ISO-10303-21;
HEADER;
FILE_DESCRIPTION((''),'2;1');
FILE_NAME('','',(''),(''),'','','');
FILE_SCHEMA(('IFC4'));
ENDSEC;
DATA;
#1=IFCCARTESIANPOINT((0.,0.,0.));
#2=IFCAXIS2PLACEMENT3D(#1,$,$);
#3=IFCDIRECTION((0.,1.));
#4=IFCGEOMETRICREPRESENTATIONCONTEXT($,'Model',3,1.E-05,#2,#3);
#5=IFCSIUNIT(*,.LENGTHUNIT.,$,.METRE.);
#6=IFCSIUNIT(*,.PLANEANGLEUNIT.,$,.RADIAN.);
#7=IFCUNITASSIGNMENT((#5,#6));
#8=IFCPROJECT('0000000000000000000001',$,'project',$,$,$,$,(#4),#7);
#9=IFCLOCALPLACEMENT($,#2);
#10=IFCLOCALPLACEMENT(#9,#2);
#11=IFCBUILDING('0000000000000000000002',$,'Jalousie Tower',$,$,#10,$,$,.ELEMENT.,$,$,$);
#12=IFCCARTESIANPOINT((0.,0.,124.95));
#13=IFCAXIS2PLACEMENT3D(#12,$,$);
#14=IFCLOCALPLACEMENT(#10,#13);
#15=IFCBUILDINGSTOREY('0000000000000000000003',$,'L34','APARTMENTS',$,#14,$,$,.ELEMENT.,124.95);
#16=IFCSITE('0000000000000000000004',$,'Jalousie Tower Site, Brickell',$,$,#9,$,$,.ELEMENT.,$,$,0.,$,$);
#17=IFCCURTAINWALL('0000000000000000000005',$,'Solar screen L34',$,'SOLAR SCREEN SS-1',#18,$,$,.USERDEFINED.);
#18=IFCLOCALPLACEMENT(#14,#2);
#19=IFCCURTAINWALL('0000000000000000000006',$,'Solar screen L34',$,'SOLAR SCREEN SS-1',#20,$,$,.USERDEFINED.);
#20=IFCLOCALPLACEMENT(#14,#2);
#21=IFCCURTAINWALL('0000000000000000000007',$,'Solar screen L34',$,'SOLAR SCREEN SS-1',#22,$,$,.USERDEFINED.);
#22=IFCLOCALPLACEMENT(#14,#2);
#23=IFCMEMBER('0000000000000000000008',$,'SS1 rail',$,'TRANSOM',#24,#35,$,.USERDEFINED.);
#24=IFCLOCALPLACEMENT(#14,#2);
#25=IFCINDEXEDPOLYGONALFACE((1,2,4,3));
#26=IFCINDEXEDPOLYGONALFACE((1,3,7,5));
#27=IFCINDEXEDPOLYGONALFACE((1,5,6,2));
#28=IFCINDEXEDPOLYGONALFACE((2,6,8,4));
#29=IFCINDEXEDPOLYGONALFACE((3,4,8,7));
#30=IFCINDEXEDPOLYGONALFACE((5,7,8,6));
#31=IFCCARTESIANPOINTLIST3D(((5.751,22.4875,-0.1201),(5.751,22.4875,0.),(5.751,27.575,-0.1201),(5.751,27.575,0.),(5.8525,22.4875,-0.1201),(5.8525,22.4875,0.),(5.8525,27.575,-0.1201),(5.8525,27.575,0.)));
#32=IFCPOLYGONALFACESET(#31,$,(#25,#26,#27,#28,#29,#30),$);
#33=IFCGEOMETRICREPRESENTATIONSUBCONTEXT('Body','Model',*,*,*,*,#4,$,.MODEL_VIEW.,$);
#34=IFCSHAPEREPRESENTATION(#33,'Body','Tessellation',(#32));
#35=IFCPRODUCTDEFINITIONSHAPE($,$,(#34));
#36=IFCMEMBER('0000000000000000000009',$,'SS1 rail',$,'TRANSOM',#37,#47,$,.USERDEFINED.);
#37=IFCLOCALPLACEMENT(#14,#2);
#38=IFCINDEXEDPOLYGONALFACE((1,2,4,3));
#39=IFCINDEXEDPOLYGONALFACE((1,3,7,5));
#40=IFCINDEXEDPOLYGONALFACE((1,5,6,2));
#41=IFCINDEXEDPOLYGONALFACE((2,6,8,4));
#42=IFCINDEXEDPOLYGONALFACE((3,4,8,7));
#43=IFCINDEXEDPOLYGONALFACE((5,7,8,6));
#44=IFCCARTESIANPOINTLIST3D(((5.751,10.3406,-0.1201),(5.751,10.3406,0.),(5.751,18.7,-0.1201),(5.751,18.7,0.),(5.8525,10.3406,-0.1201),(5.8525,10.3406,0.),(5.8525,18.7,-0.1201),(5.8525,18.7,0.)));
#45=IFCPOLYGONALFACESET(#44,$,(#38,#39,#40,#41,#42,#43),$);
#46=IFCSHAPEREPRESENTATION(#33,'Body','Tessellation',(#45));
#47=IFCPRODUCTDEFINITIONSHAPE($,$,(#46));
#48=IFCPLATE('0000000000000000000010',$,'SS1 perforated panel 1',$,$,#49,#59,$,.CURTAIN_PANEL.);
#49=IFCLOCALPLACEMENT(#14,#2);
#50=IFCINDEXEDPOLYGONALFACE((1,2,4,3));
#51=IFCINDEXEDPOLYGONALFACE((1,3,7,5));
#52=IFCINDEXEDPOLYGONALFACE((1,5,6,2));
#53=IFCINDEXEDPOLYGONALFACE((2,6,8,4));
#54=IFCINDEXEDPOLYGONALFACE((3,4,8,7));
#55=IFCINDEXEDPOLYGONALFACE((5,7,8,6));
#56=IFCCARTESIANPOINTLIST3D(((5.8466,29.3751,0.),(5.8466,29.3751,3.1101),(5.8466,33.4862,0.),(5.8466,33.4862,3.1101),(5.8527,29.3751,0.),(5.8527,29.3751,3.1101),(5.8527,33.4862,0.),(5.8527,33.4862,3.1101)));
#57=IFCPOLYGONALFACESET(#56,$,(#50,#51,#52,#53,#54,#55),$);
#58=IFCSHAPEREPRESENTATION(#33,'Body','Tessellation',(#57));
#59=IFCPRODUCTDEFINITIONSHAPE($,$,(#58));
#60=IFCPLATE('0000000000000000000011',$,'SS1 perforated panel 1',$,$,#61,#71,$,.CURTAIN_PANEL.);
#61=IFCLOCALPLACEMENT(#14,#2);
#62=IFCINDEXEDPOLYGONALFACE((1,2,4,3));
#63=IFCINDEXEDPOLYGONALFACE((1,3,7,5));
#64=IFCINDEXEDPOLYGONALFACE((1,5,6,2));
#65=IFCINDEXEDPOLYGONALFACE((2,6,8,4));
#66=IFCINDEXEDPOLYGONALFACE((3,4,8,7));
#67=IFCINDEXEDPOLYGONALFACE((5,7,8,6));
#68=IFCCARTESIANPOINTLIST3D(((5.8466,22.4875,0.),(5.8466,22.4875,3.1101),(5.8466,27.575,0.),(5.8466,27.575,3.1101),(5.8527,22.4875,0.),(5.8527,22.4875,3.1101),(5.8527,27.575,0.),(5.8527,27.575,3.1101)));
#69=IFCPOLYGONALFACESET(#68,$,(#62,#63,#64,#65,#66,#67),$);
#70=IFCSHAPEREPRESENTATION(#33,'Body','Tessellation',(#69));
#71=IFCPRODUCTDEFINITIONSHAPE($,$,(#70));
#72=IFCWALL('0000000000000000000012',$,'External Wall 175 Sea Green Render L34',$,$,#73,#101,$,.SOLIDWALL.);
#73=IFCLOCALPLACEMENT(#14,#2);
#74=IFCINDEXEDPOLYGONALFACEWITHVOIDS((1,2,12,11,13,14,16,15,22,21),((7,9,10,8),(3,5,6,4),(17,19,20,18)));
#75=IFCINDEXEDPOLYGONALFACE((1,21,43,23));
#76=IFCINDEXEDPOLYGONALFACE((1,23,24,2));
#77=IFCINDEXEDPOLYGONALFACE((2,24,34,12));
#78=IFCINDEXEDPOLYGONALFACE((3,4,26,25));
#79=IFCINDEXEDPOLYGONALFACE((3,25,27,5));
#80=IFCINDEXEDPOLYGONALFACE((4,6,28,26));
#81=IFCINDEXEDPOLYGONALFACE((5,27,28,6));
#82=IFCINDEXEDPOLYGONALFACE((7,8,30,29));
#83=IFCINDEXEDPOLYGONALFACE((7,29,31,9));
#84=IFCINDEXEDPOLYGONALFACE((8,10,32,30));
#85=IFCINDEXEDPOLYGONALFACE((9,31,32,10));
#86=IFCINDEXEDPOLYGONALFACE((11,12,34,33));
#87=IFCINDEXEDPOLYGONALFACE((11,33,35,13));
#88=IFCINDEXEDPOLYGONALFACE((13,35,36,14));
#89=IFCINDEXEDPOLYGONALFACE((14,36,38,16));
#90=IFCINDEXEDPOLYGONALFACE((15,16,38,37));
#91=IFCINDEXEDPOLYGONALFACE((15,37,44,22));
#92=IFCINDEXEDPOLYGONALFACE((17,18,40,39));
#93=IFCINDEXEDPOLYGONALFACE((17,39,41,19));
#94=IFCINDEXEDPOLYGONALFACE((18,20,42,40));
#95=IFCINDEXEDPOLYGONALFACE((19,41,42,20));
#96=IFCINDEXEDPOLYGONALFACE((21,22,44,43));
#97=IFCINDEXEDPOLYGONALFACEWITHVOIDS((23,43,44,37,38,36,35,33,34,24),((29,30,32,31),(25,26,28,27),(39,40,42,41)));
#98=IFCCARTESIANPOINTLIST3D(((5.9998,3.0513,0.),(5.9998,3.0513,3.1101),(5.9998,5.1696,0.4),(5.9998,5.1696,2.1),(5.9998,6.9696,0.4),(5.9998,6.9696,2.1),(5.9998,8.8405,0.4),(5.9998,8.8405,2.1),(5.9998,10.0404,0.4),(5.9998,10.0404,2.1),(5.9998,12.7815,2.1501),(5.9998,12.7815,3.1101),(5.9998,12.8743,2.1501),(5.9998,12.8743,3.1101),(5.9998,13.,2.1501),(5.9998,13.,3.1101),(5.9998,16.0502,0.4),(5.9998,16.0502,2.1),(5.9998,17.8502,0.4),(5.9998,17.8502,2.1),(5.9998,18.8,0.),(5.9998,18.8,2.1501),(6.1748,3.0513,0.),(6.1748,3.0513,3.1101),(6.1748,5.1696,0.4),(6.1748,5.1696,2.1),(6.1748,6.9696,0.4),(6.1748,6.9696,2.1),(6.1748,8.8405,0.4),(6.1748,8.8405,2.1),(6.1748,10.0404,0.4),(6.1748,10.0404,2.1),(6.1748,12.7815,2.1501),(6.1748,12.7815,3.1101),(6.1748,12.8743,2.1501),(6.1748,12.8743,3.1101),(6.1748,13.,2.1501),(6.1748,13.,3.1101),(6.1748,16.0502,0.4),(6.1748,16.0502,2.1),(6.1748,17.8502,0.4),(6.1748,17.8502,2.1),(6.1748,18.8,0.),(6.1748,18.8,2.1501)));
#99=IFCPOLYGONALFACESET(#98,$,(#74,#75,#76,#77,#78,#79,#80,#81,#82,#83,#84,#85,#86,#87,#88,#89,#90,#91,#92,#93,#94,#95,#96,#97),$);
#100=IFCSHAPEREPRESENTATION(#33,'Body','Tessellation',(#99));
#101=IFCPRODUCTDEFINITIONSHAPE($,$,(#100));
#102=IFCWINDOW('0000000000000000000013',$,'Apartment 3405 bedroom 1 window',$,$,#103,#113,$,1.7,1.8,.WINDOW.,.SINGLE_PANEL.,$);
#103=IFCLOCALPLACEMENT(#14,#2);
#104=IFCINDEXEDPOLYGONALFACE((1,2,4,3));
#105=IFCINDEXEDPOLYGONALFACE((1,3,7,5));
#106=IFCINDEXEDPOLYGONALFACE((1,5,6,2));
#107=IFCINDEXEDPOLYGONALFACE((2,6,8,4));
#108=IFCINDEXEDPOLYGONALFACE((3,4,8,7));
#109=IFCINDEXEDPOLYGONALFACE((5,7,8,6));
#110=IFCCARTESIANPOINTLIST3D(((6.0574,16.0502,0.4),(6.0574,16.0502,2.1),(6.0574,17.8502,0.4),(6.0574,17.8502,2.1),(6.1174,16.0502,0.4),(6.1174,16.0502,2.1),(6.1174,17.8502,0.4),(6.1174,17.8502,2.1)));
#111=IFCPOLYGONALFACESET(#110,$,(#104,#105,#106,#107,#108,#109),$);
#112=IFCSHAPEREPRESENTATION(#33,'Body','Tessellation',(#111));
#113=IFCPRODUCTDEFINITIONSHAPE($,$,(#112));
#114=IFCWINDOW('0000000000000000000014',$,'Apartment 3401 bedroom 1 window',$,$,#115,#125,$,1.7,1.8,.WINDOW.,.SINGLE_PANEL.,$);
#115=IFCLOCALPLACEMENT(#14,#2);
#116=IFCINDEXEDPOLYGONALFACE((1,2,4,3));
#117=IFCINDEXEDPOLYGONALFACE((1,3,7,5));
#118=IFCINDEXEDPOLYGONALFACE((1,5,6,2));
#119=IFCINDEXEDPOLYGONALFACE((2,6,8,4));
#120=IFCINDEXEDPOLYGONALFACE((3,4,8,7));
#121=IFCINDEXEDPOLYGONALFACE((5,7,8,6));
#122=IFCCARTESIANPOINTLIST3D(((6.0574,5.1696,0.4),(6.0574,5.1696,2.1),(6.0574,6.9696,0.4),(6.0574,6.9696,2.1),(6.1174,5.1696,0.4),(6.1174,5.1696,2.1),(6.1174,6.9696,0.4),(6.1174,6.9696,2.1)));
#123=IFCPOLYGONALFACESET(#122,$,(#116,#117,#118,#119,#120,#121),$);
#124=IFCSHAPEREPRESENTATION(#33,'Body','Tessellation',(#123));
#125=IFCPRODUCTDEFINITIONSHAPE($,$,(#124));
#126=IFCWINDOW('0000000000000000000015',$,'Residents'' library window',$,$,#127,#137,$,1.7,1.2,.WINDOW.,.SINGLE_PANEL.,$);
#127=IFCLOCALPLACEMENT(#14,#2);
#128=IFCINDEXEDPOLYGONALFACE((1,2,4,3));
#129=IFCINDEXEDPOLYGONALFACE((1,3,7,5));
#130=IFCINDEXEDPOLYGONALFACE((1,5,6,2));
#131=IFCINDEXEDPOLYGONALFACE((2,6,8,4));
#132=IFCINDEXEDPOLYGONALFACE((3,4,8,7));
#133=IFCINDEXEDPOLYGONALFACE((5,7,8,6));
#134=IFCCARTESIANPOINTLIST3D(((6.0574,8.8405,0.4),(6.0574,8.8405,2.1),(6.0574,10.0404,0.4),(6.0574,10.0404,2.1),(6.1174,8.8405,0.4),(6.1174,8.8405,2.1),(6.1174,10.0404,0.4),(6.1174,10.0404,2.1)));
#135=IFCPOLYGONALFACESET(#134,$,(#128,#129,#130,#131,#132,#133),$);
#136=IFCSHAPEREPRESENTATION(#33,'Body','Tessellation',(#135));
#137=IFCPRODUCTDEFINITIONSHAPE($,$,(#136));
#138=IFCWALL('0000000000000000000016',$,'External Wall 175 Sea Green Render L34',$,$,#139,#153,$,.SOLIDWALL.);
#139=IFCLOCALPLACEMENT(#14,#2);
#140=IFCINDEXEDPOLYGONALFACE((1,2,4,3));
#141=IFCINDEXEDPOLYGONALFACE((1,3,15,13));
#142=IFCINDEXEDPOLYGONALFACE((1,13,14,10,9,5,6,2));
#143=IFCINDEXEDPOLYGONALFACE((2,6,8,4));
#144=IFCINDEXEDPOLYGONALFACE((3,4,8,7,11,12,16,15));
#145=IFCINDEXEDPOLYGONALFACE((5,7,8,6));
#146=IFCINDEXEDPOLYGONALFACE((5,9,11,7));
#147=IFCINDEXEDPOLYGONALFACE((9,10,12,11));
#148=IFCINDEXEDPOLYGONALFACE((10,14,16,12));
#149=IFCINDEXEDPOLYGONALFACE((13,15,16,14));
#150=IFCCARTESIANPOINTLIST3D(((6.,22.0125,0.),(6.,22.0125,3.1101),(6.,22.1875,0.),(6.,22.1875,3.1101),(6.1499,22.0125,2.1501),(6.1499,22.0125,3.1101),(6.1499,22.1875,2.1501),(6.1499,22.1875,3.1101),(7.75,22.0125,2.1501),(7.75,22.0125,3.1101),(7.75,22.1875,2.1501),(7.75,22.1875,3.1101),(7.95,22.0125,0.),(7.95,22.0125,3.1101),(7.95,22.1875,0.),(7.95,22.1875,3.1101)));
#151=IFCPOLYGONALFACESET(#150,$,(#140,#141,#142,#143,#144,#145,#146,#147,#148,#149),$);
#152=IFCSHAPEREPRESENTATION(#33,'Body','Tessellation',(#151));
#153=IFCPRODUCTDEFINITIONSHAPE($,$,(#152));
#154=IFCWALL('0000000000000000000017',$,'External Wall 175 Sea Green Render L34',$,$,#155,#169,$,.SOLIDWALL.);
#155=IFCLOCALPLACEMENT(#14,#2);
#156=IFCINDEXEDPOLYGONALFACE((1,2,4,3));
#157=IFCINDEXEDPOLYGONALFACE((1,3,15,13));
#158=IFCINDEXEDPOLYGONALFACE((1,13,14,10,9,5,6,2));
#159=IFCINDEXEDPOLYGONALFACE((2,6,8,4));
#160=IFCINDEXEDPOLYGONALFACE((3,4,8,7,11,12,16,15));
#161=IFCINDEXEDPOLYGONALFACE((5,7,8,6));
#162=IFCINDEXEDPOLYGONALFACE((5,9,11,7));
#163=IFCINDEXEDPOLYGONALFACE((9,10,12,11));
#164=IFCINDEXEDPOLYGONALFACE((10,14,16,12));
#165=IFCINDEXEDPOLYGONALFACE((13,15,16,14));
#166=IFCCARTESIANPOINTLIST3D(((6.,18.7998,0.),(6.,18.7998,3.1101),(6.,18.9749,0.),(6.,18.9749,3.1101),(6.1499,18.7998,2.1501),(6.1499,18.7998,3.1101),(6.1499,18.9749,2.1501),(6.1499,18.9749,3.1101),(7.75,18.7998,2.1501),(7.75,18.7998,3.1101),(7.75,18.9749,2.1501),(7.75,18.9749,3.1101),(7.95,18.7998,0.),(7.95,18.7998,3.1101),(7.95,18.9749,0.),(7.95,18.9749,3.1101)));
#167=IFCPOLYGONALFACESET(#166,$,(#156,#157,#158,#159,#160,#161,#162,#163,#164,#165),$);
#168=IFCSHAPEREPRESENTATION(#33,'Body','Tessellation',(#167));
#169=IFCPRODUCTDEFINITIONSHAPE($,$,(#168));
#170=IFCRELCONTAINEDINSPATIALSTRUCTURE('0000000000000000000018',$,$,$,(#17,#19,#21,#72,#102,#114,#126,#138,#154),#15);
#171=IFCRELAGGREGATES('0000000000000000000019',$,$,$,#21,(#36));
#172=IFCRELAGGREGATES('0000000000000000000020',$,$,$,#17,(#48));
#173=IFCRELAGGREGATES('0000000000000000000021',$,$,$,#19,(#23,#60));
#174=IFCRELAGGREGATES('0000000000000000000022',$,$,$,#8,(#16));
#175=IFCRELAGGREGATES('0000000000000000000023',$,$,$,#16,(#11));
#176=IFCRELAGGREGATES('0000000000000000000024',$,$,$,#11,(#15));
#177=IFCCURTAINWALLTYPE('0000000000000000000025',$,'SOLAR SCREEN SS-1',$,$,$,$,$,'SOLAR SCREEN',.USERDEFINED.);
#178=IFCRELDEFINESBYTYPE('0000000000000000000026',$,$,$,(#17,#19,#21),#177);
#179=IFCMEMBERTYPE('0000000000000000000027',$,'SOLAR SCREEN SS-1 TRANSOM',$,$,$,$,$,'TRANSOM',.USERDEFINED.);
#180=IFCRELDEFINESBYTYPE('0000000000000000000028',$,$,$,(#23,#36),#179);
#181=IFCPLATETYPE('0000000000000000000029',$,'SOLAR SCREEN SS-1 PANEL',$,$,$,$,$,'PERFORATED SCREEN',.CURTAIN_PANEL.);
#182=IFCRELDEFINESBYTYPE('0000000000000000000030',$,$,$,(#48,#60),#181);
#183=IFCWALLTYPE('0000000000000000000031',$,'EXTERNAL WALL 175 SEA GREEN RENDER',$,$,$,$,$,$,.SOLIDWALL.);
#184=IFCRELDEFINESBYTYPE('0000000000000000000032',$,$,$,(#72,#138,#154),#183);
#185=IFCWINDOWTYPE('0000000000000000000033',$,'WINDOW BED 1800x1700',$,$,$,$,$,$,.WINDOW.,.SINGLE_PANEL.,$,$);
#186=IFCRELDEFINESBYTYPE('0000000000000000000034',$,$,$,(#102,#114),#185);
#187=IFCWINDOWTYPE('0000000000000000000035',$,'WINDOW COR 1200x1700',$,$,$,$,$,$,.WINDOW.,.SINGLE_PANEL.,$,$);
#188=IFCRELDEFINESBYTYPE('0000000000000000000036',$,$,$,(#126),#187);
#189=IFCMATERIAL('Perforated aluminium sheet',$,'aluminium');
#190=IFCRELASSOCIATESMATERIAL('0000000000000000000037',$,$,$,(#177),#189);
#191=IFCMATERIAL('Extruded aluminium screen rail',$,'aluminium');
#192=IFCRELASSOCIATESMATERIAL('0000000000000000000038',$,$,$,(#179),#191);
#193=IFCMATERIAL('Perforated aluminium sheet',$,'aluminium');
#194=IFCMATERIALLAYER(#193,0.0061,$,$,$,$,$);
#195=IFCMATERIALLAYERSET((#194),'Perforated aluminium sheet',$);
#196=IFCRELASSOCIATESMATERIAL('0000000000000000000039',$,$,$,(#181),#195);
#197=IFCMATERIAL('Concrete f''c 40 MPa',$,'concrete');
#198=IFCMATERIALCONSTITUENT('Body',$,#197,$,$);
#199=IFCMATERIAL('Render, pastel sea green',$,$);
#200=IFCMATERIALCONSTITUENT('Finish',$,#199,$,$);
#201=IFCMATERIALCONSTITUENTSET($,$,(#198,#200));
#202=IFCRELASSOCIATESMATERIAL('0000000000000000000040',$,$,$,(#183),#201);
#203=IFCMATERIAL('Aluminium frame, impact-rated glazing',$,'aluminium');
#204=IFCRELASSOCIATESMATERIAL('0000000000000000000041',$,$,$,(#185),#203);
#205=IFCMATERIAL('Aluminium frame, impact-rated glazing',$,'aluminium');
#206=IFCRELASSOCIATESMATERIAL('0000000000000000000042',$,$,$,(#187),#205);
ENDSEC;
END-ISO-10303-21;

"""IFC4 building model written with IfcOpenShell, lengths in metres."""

from ifc_helpers import new_model, si_unit, direction, frame, frame_2d, origin, origin_2d, place, context, subcontext, project, spatial, polyline, rectangle, outline, extrude, material, layer, layer_set, constituent, constituent_set, material_profile, profile_set, type_object, element, fill, aggregate, save


model = new_model("IFC4")

# Units and contexts
model_context = context("Model", 3, precision=1e-05, world=origin(), true_north=direction((0.0, 1.0)))
body_context = subcontext(model_context, "Body", "Model", "MODEL_VIEW")
ifc_project = project(units=[si_unit("LENGTHUNIT", "METRE"), si_unit("PLANEANGLEUNIT", "RADIAN")], contexts=[model_context])

# Site, building, storey
site_placement = place(None, origin())
site = spatial("IfcSite", under=ifc_project, at=site_placement, Name="Jalousie Tower Site, Brickell", CompositionType="ELEMENT", RefElevation=0.0)
building_placement = place(site_placement, origin())
building = spatial("IfcBuilding", under=site, at=building_placement, Name="Jalousie Tower", CompositionType="ELEMENT")
storey_placement = place(building_placement, frame((0.0, 0.0, 124.95)))
storey = spatial("IfcBuildingStorey", under=building, at=storey_placement, Name="L34", Description="APARTMENTS", CompositionType="ELEMENT", Elevation=124.95)

# Curtain wall
ifc_material_1 = material(Name="Perforated aluminium sheet", Category="aluminium")
curtain_wall_type = type_object("IfcCurtainWallType", Name="SOLAR SCREEN SS-1", ElementType="SOLAR SCREEN", PredefinedType="USERDEFINED", material=ifc_material_1)
curtain_wall_1_placement = place(storey_placement, origin())
curtain_wall_1 = element("IfcCurtainWall", 1, at=curtain_wall_1_placement, inside=storey, type_object=curtain_wall_type, Name="Solar screen L34", ObjectType="SOLAR SCREEN SS-1", PredefinedType="USERDEFINED")

# Curtain wall
curtain_wall_2_placement = place(storey_placement, origin())
curtain_wall_2 = element("IfcCurtainWall", 2, at=curtain_wall_2_placement, inside=storey, type_object=curtain_wall_type, Name="Solar screen L34", ObjectType="SOLAR SCREEN SS-1", PredefinedType="USERDEFINED")

# Curtain wall
curtain_wall_3_placement = place(storey_placement, origin())
curtain_wall_3 = element("IfcCurtainWall", 3, at=curtain_wall_3_placement, inside=storey, type_object=curtain_wall_type, Name="Solar screen L34", ObjectType="SOLAR SCREEN SS-1", PredefinedType="USERDEFINED")

# Members
ifc_material_2 = material(Name="Extruded aluminium screen rail", Category="aluminium")
ifc_material_profile_1 = material_profile(ifc_material_2, rectangle(XDim=0.1016, YDim=0.1201, at=origin_2d()), Name="RAIL 102x120")
ifc_profile_set_1 = profile_set([ifc_material_profile_1], Name="Extruded aluminium screen rail")
member_type_1 = type_object("IfcMemberType", Name="SOLAR SCREEN SS-1 TRANSOM", ElementType="TRANSOM", PredefinedType="USERDEFINED", material=ifc_profile_set_1)
member_1_placement = place(storey_placement, frame((5.8018, 27.575, -0.0601), z_axis=(0.0, -1.0, 0.0), x_axis=(1.0, 0.0, 0.0)))
member_1 = element("IfcMember", 4, at=member_1_placement, type_object=member_type_1, Name="SS1 rail", ObjectType="TRANSOM", PredefinedType="USERDEFINED", context=body_context, shape_type="SweptSolid", body=[
    extrude(rectangle(XDim=0.1016, YDim=0.1201, at=origin_2d()), origin(), (0.0, 0.0, 1.0), 5.0874),
])
member_2_placement = place(storey_placement, frame((5.8018, 18.7, -0.0601), z_axis=(0.0, -1.0, 0.0), x_axis=(1.0, 0.0, 0.0)))
member_2 = element("IfcMember", 5, at=member_2_placement, type_object=member_type_1, Name="SS1 rail", ObjectType="TRANSOM", PredefinedType="USERDEFINED", context=body_context, shape_type="SweptSolid", body=[
    extrude(rectangle(XDim=0.1016, YDim=0.1201, at=origin_2d()), origin(), (0.0, 0.0, 1.0), 8.3594),
])
aggregate(curtain_wall_3, [member_2])

# Plates
ifc_material_3 = material(Name="Perforated aluminium sheet", Category="aluminium")
ifc_layer_1 = layer(ifc_material_3, 0.0061)
ifc_layer_set_1 = layer_set([ifc_layer_1], Name="Perforated aluminium sheet")
plate_type = type_object("IfcPlateType", Name="SOLAR SCREEN SS-1 PANEL", ElementType="PERFORATED SCREEN", PredefinedType="CURTAIN_PANEL", material=ifc_layer_set_1)
plate_1_placement = place(storey_placement, frame((5.8496, 31.4307, 0.0), z_axis=(0.0, 0.0, 1.0), x_axis=(0.0, -1.0, 0.0)))
plate_1 = element("IfcPlate", 6, at=plate_1_placement, type_object=plate_type, Name="SS1 perforated panel 1", PredefinedType="CURTAIN_PANEL", context=body_context, shape_type="SweptSolid", body=[
    extrude(rectangle(XDim=4.1111, YDim=0.0061, at=origin_2d()), origin(), (0.0, 0.0, 1.0), 3.1101),
])
aggregate(curtain_wall_1, [plate_1])
plate_2_placement = place(storey_placement, frame((5.8496, 25.0312, 0.0), z_axis=(0.0, 0.0, 1.0), x_axis=(0.0, -1.0, 0.0)))
plate_2 = element("IfcPlate", 7, at=plate_2_placement, type_object=plate_type, Name="SS1 perforated panel 1", PredefinedType="CURTAIN_PANEL", context=body_context, shape_type="SweptSolid", body=[
    extrude(rectangle(XDim=5.0874, YDim=0.0061, at=origin_2d()), origin(), (0.0, 0.0, 1.0), 3.1101),
])
aggregate(curtain_wall_2, [member_1, plate_2])

# Wall, openings, windows
ifc_material_4 = material(Name="Concrete f'c 40 MPa", Category="concrete")
ifc_constituent_1 = constituent(ifc_material_4, Name="Body")
ifc_material_5 = material(Name="Render, pastel sea green")
ifc_constituent_2 = constituent(ifc_material_5, Name="Finish")
ifc_constituent_set_1 = constituent_set(constituents=[ifc_constituent_1, ifc_constituent_2])
wall_type_1 = type_object("IfcWallType", Name="EXTERNAL WALL 175 SEA GREEN RENDER", PredefinedType="SOLIDWALL", material=ifc_constituent_set_1)
wall_1_placement = place(storey_placement, frame((6.0874, 18.8, 0.0), z_axis=(0.0, 0.0, 1.0), x_axis=(0.0, -1.0, 0.0)))
wall_1 = element("IfcWall", 8, at=wall_1_placement, inside=storey, type_object=wall_type_1, Name="External Wall 175 Sea Green Render L34", PredefinedType="SOLIDWALL", context=body_context, shape_type="SweptSolid", body=[
    extrude(outline(polyline([(0.0, 0.0), (15.7488, 0.0), (15.7488, 3.1101), (6.0186, 3.1101), (6.0186, 2.1501), (5.9258, 2.1501), (5.9258, 3.1101), (5.8, 3.1101), (5.8, 2.1501), (0.0, 2.1501), (0.0, 0.0)])), frame((0.0, 0.0874, 0.0), z_axis=(0.0, -1.0, 0.0), x_axis=(1.0, 0.0, 0.0)), (0.0, 0.0, 1.0), 0.175),
])
opening_1_placement = place(wall_1_placement, frame((0.95, 0.0, 0.3999)))
opening_1 = element("IfcOpeningElement", 9, at=opening_1_placement, cuts=wall_1, PredefinedType="OPENING", context=body_context, shape_type="SweptSolid", body=[
    extrude(rectangle(XDim=1.8, YDim=1.7, at=frame_2d((0.8999, 0.8501))), frame((0.0, 0.0974, 0.0), z_axis=(0.0, -1.0, 0.0), x_axis=(1.0, 0.0, 0.0)), (0.0, 0.0, 1.0), 0.1951),
])
opening_2_placement = place(wall_1_placement, frame((8.7595, 0.0, 0.3999)))
opening_2 = element("IfcOpeningElement", 10, at=opening_2_placement, cuts=wall_1, PredefinedType="OPENING", context=body_context, shape_type="SweptSolid", body=[
    extrude(rectangle(XDim=1.2, YDim=1.7, at=frame_2d((0.6001, 0.8501))), frame((0.0, 0.0974, 0.0), z_axis=(0.0, -1.0, 0.0), x_axis=(1.0, 0.0, 0.0)), (0.0, 0.0, 1.0), 0.1951),
])
opening_3_placement = place(wall_1_placement, frame((11.8306, 0.0, 0.3999)))
opening_3 = element("IfcOpeningElement", 11, at=opening_3_placement, cuts=wall_1, PredefinedType="OPENING", context=body_context, shape_type="SweptSolid", body=[
    extrude(rectangle(XDim=1.8, YDim=1.7, at=frame_2d((0.8999, 0.8501))), frame((0.0, 0.0974, 0.0), z_axis=(0.0, -1.0, 0.0), x_axis=(1.0, 0.0, 0.0)), (0.0, 0.0, 1.0), 0.1951),
])
ifc_material_6 = material(Name="Aluminium frame, impact-rated glazing", Category="aluminium")
window_type_1 = type_object("IfcWindowType", Name="WINDOW BED 1800x1700", PartitioningType="SINGLE_PANEL", PredefinedType="WINDOW", material=ifc_material_6)
window_1_placement = place(opening_1_placement, origin())
window_1 = element("IfcWindow", 12, at=window_1_placement, inside=storey, type_object=window_type_1, Name="Apartment 3405 bedroom 1 window", OverallHeight=1.7, OverallWidth=1.8, PartitioningType="SINGLE_PANEL", PredefinedType="WINDOW", context=body_context, shape_type="SweptSolid", body=[
    extrude(rectangle(XDim=1.8, YDim=1.7, at=frame_2d((0.8999, 0.8501))), frame((0.0, 0.03, 0.0), z_axis=(0.0, -1.0, 0.0), x_axis=(1.0, 0.0, 0.0)), (0.0, 0.0, 1.0), 0.0601),
])
fill(opening_1, window_1)
window_2_placement = place(opening_3_placement, origin())
window_2 = element("IfcWindow", 13, at=window_2_placement, inside=storey, type_object=window_type_1, Name="Apartment 3401 bedroom 1 window", OverallHeight=1.7, OverallWidth=1.8, PartitioningType="SINGLE_PANEL", PredefinedType="WINDOW", context=body_context, shape_type="SweptSolid", body=[
    extrude(rectangle(XDim=1.8, YDim=1.7, at=frame_2d((0.8999, 0.8501))), frame((0.0, 0.03, 0.0), z_axis=(0.0, -1.0, 0.0), x_axis=(1.0, 0.0, 0.0)), (0.0, 0.0, 1.0), 0.0601),
])
fill(opening_3, window_2)
ifc_material_7 = material(Name="Aluminium frame, impact-rated glazing", Category="aluminium")
window_type_2 = type_object("IfcWindowType", Name="WINDOW COR 1200x1700", PartitioningType="SINGLE_PANEL", PredefinedType="WINDOW", material=ifc_material_7)
window_3_placement = place(opening_2_placement, origin())
window_3 = element("IfcWindow", 14, at=window_3_placement, inside=storey, type_object=window_type_2, Name="Residents' library window", OverallHeight=1.7, OverallWidth=1.2, PartitioningType="SINGLE_PANEL", PredefinedType="WINDOW", context=body_context, shape_type="SweptSolid", body=[
    extrude(rectangle(XDim=1.2, YDim=1.7, at=frame_2d((0.6001, 0.8501))), frame((0.0, 0.03, 0.0), z_axis=(0.0, -1.0, 0.0), x_axis=(1.0, 0.0, 0.0)), (0.0, 0.0, 1.0), 0.0601),
])
fill(opening_2, window_3)

# Walls
for number, where, z_axis, x_axis, name in (
    (15, (6.0, 22.1001, 0.0), (0.0, 0.0, 1.0), (1.0, 0.0, 0.0), "External Wall 175 Sea Green Render L34"),
    (16, (6.0, 18.8875, 0.0), (0.0, 0.0, 1.0), (1.0, 0.0, 0.0), "External Wall 175 Sea Green Render L34"),
):
    element("IfcWall", number, at=place(storey_placement, frame(where, z_axis=z_axis, x_axis=x_axis)), inside=storey, type_object=wall_type_1, Name=name, PredefinedType="SOLIDWALL", context=body_context, shape_type="SweptSolid", body=[
        extrude(outline(polyline([(0.0, 0.0), (1.95, 0.0), (1.95, 3.1101), (1.75, 3.1101), (1.75, 2.1501), (0.1499, 2.1501), (0.1499, 3.1101), (0.0, 3.1101), (0.0, 0.0)])), frame((0.0, 0.0874, 0.0), z_axis=(0.0, -1.0, 0.0), x_axis=(1.0, 0.0, 0.0)), (0.0, 0.0, 1.0), 0.175),
    ])

save(model, "model.ifc")
